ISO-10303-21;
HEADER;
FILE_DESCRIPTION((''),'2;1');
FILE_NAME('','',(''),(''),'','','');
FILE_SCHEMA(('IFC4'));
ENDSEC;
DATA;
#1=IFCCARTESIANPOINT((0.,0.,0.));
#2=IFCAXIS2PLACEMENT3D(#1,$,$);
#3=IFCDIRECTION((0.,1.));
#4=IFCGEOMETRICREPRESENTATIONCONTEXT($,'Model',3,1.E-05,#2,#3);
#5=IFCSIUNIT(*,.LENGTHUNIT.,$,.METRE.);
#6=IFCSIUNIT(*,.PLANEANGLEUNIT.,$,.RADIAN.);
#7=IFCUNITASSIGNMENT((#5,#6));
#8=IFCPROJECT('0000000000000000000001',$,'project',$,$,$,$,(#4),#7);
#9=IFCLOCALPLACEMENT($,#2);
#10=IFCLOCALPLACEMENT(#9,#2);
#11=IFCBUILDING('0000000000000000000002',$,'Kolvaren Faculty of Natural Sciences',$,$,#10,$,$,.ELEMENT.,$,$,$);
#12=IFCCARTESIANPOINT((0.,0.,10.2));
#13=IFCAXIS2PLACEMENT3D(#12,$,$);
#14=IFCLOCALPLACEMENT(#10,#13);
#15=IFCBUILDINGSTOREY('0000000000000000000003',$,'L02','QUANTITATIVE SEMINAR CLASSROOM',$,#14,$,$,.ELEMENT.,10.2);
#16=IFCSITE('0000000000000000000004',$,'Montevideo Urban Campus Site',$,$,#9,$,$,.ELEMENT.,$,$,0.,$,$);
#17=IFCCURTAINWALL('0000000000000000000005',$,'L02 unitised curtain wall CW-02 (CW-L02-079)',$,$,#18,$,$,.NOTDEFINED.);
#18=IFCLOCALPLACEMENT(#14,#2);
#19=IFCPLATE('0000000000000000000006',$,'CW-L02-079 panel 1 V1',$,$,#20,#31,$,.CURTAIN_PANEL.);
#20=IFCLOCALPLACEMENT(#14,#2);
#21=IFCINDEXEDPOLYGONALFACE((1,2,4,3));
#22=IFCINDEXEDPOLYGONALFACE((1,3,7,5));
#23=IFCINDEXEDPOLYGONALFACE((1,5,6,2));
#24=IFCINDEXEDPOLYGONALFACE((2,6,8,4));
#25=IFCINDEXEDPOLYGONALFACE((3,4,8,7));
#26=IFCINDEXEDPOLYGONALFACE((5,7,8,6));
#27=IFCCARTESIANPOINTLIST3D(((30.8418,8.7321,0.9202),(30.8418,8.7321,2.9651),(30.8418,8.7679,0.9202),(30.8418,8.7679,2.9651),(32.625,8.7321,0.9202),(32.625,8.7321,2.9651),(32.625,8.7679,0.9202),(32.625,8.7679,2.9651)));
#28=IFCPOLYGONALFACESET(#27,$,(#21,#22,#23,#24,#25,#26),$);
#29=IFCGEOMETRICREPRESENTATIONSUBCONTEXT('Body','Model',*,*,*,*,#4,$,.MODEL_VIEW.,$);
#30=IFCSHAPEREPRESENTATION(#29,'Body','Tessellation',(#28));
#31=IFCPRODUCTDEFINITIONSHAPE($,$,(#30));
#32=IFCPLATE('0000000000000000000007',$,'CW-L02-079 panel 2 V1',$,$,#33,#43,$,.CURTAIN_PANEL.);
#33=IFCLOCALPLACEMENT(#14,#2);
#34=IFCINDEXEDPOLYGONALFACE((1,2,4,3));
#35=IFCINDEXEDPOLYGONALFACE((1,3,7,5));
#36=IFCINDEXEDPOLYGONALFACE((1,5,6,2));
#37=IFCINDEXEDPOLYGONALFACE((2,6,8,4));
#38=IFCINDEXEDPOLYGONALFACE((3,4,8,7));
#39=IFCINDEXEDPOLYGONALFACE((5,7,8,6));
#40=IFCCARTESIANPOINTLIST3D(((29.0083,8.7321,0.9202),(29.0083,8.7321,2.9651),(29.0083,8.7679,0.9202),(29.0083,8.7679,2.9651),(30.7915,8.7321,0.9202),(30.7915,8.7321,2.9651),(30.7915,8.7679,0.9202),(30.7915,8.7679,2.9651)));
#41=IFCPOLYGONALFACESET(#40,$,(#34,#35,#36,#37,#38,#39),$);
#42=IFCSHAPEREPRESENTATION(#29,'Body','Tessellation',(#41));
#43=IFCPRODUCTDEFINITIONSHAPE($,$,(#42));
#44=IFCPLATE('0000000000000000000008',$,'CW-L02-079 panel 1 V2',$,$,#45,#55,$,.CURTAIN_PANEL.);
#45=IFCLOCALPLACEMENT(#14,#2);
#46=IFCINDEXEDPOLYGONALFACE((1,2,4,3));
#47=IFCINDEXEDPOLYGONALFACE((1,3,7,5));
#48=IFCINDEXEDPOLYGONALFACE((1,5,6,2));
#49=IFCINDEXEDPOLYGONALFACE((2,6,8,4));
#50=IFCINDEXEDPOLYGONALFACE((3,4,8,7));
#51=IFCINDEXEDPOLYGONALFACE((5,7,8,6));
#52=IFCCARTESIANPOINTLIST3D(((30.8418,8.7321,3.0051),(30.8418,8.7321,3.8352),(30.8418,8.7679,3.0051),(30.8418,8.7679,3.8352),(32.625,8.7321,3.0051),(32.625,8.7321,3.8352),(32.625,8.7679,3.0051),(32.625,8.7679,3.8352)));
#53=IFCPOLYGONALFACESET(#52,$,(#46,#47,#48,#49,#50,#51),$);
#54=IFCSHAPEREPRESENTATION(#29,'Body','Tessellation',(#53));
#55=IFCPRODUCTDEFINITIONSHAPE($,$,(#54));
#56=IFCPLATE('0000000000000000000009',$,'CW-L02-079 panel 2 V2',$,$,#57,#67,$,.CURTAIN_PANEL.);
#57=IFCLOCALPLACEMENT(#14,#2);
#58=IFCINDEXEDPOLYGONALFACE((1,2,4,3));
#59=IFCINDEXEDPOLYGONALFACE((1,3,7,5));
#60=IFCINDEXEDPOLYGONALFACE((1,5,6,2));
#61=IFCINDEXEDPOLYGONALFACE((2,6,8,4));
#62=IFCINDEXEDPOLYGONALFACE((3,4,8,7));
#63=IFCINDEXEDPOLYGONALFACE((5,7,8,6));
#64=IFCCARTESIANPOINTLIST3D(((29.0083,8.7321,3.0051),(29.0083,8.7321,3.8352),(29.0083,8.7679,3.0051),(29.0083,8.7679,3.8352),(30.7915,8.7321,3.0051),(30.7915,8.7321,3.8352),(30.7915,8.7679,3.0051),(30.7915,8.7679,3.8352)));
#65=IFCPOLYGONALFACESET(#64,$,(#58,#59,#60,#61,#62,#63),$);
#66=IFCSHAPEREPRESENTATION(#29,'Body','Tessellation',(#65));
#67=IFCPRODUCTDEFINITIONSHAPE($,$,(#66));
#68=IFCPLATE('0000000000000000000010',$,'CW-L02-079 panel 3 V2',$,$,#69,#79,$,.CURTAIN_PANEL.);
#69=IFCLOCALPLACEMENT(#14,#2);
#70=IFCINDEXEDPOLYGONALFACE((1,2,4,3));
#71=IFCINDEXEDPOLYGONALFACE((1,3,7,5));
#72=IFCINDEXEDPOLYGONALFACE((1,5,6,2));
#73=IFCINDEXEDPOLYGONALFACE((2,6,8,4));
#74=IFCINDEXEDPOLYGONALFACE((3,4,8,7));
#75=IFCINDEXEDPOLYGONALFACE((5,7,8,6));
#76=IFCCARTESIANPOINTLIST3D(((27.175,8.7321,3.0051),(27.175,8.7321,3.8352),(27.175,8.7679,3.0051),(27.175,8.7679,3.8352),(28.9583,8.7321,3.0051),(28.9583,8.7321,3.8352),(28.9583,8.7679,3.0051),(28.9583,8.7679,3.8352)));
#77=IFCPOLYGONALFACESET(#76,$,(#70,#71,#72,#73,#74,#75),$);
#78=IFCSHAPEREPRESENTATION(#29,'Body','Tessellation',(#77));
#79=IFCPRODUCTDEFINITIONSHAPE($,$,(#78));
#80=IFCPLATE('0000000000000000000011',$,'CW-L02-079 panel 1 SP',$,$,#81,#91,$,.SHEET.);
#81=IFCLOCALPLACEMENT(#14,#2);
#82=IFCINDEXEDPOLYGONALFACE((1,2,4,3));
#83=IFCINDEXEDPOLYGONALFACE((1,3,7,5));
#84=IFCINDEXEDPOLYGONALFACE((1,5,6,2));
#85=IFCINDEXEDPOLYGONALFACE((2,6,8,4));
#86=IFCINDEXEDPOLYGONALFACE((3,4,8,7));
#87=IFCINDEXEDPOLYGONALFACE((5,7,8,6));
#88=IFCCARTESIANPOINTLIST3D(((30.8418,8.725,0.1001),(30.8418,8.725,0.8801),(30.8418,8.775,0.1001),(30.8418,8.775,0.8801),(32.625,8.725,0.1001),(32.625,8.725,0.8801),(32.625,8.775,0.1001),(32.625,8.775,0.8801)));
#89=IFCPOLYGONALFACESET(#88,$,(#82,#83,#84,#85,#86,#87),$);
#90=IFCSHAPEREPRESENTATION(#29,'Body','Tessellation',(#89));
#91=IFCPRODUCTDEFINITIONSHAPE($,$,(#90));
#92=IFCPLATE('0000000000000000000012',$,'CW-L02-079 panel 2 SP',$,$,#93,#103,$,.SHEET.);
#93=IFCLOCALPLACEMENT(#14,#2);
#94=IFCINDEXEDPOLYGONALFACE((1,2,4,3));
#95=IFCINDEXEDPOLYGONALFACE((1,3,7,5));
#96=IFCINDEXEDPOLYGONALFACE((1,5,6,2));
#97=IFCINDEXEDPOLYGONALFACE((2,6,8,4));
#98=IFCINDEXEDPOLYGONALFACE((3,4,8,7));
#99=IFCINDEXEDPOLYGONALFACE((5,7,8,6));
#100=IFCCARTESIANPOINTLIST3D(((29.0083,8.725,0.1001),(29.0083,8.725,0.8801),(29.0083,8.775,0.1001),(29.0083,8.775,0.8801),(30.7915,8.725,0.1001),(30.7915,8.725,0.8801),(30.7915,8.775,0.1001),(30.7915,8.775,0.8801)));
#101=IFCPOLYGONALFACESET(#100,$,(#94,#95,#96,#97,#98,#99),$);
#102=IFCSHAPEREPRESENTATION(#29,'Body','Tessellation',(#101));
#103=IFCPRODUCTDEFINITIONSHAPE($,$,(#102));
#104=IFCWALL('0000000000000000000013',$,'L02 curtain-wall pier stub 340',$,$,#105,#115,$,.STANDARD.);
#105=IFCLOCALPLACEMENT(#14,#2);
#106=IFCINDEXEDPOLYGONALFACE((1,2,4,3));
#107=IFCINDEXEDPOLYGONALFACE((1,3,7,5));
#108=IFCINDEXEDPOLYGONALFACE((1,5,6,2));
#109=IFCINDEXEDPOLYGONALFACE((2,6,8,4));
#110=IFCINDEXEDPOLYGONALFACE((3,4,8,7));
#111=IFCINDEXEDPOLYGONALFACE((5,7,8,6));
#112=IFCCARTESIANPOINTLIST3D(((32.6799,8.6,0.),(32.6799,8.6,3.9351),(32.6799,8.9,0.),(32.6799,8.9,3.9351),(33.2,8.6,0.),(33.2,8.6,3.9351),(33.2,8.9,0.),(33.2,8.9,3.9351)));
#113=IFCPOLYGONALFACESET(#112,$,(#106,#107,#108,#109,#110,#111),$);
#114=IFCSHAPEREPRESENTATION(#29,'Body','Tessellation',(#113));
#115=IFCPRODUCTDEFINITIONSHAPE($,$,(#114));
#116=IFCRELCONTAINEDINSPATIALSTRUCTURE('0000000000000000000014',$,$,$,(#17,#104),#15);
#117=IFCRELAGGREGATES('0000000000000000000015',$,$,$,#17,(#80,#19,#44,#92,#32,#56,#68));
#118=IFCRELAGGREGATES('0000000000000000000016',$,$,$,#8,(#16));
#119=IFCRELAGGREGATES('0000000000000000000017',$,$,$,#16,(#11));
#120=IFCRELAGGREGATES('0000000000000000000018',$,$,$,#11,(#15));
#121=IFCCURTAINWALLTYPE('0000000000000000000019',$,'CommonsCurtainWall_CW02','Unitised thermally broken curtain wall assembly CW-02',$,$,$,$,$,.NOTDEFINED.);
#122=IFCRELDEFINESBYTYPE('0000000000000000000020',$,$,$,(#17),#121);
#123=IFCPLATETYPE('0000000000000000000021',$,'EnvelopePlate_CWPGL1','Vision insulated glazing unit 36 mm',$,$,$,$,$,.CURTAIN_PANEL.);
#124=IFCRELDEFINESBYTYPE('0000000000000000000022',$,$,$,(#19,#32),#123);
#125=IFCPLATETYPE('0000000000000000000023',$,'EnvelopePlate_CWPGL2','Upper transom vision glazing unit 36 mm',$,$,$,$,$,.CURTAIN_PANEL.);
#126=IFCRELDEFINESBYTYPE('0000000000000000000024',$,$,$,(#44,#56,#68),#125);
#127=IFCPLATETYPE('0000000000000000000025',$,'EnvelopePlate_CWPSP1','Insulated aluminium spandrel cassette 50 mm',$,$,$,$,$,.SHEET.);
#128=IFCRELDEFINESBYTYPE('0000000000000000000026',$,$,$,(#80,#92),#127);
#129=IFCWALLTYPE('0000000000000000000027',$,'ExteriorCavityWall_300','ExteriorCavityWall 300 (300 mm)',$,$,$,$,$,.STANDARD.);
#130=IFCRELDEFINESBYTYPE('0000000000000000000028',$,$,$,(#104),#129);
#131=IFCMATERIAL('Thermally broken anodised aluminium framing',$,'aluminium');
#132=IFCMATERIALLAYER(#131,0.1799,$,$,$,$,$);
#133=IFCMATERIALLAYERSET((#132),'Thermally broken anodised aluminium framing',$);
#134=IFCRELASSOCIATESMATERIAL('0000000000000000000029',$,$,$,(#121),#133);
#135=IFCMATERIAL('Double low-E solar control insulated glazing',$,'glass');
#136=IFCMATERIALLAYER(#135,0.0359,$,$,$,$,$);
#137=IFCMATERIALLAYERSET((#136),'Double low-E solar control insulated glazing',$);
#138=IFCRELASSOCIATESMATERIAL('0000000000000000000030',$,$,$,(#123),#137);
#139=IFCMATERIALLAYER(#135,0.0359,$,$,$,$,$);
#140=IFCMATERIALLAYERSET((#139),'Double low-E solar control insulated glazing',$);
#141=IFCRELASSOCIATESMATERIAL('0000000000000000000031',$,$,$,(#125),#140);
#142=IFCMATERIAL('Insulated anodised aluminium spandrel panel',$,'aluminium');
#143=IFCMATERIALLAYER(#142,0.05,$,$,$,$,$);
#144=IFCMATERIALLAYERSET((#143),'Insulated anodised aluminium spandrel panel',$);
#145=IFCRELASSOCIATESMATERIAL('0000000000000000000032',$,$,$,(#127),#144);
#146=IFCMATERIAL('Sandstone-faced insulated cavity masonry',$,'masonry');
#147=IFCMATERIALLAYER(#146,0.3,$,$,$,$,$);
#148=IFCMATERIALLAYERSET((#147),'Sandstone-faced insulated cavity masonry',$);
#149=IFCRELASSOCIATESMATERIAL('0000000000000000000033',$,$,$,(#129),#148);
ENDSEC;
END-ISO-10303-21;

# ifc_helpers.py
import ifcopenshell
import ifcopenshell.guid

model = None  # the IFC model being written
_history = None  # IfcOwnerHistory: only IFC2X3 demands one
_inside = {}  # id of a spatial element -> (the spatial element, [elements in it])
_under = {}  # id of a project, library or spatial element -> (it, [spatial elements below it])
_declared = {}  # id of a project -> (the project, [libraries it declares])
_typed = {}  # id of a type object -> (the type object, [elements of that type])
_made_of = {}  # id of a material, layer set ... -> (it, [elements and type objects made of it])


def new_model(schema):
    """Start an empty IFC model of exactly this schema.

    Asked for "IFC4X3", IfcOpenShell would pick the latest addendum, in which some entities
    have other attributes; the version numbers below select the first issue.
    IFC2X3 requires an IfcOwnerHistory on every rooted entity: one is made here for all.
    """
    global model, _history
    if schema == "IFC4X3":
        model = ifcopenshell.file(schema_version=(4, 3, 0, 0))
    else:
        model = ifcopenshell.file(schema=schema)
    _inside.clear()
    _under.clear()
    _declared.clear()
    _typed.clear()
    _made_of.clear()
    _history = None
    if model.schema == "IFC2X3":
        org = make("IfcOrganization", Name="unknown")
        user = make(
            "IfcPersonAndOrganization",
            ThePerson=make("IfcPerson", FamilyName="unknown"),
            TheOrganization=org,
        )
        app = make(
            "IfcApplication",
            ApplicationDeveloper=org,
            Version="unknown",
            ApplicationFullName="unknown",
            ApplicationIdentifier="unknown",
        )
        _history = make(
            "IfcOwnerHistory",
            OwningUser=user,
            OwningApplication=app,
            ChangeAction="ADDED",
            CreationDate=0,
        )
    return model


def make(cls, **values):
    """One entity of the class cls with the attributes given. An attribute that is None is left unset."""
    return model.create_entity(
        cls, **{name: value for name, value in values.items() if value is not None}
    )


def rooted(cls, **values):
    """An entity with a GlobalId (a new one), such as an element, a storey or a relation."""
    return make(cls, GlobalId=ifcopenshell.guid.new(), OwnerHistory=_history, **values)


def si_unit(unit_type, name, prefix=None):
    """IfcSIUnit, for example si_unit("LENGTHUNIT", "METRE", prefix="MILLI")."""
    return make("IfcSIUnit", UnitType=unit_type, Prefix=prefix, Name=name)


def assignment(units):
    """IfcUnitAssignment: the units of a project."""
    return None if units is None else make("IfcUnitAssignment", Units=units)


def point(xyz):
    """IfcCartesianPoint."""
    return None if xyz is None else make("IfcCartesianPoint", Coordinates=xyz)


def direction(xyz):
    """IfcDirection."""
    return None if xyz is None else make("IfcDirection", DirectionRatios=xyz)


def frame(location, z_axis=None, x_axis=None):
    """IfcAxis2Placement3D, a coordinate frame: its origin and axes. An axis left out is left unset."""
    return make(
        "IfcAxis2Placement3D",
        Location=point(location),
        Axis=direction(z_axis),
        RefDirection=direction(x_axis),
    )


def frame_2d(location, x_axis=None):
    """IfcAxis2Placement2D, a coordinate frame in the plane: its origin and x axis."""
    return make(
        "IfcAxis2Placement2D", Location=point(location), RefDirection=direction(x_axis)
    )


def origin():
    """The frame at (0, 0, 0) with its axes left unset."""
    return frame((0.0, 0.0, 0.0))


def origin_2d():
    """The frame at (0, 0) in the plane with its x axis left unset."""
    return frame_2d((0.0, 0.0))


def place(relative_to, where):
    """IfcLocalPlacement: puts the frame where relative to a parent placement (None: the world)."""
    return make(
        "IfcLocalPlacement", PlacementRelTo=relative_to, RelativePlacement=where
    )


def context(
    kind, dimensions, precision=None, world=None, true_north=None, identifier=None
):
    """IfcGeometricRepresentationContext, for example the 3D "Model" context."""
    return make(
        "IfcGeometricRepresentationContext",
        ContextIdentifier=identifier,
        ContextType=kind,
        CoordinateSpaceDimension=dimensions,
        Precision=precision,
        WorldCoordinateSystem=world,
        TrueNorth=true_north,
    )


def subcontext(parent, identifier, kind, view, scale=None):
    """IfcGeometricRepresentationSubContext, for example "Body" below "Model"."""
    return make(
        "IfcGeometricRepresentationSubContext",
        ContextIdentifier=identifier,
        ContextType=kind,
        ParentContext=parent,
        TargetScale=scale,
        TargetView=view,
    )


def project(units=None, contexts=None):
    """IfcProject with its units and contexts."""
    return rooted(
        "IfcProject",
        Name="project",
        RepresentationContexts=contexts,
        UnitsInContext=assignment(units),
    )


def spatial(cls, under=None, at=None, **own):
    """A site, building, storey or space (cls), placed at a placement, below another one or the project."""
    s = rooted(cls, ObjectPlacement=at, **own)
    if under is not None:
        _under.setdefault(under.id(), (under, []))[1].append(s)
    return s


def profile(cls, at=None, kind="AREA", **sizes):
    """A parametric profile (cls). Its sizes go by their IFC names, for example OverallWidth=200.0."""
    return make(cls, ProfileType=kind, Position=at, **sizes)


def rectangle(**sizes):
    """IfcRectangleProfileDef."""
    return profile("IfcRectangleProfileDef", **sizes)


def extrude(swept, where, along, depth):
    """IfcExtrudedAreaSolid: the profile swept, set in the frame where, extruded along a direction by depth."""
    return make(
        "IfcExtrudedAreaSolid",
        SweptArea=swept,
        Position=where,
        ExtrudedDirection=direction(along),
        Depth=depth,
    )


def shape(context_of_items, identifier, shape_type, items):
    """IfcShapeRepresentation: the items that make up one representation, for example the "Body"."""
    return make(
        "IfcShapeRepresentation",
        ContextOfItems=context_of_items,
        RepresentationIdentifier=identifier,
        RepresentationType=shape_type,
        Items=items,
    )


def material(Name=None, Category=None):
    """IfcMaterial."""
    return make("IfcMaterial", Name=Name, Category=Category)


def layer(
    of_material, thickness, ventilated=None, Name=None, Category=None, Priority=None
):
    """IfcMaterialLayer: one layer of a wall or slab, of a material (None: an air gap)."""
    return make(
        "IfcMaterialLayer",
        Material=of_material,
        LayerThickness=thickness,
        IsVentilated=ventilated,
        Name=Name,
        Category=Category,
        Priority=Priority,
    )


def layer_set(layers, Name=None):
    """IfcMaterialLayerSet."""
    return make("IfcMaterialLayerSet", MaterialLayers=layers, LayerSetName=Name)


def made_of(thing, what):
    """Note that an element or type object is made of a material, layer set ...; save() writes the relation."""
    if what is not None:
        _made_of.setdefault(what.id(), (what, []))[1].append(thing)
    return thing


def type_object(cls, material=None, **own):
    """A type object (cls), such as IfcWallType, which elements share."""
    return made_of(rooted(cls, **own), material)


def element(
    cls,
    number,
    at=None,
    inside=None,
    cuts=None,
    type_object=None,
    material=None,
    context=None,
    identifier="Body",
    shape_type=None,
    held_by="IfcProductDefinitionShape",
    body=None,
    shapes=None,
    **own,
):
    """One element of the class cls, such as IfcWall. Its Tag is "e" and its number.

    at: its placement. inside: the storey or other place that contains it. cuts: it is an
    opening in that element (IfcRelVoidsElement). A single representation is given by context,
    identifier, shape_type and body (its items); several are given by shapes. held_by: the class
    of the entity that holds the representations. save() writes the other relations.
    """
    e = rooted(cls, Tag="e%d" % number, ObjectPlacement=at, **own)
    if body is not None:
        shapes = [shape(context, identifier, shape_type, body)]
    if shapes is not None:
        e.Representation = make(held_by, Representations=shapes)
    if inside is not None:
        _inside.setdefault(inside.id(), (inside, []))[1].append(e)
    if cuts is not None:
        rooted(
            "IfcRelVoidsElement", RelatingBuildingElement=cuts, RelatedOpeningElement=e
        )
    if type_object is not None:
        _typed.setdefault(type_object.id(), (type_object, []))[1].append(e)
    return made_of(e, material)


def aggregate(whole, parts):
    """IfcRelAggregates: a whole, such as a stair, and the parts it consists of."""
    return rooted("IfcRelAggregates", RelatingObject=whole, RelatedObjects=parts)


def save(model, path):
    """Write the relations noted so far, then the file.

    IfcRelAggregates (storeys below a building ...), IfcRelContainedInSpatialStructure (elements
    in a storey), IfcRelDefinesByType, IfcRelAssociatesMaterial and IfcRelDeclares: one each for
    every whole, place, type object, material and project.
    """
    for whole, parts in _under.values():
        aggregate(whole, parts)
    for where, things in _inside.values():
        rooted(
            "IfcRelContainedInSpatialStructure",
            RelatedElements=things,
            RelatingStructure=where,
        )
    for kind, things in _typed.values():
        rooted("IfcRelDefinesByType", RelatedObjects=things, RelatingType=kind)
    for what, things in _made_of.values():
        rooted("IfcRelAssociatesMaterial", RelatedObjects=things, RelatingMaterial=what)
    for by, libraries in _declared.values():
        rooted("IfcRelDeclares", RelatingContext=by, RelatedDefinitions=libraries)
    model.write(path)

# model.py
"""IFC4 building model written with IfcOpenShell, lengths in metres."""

from ifc_helpers import new_model, si_unit, direction, frame, frame_2d, origin, origin_2d, place, context, subcontext, project, spatial, rectangle, extrude, material, layer, layer_set, type_object, element, aggregate, save


model = new_model("IFC4")

# Units and contexts
model_context = context("Model", 3, precision=1e-05, world=origin(), true_north=direction((0.0, 1.0)))
body_context = subcontext(model_context, "Body", "Model", "MODEL_VIEW")
ifc_project = project(units=[si_unit("LENGTHUNIT", "METRE"), si_unit("PLANEANGLEUNIT", "RADIAN")], contexts=[model_context])

# Site, building, storey
site_placement = place(None, origin())
site = spatial("IfcSite", under=ifc_project, at=site_placement, Name="Montevideo Urban Campus Site", CompositionType="ELEMENT", RefElevation=0.0)
building_placement = place(site_placement, origin())
building = spatial("IfcBuilding", under=site, at=building_placement, Name="Kolvaren Faculty of Natural Sciences", CompositionType="ELEMENT")
storey_placement = place(building_placement, frame((0.0, 0.0, 10.2)))
storey = spatial("IfcBuildingStorey", under=building, at=storey_placement, Name="L02", Description="QUANTITATIVE SEMINAR CLASSROOM", CompositionType="ELEMENT", Elevation=10.2)

# Curtain wall
ifc_material_1 = material(Name="Thermally broken anodised aluminium framing", Category="aluminium")
ifc_layer_1 = layer(ifc_material_1, 0.1799)
ifc_layer_set_1 = layer_set([ifc_layer_1], Name="Thermally broken anodised aluminium framing")
curtain_wall_type = type_object("IfcCurtainWallType", Name="CommonsCurtainWall_CW02", Description="Unitised thermally broken curtain wall assembly CW-02", PredefinedType="NOTDEFINED", material=ifc_layer_set_1)
curtain_wall_placement = place(storey_placement, origin())
curtain_wall = element("IfcCurtainWall", 1, at=curtain_wall_placement, inside=storey, type_object=curtain_wall_type, Name="L02 unitised curtain wall CW-02 (CW-L02-079)", PredefinedType="NOTDEFINED")

# Plates
ifc_material_2 = material(Name="Double low-E solar control insulated glazing", Category="glass")
ifc_layer_2 = layer(ifc_material_2, 0.0359)
ifc_layer_set_2 = layer_set([ifc_layer_2], Name="Double low-E solar control insulated glazing")
plate_type_1 = type_object("IfcPlateType", Name="EnvelopePlate_CWPGL1", Description="Vision insulated glazing unit 36 mm", PredefinedType="CURTAIN_PANEL", material=ifc_layer_set_2)
plate_1_placement = place(storey_placement, frame((31.7334, 8.75, 0.9202), z_axis=(0.0, 0.0, 1.0), x_axis=(-1.0, 0.0, 0.0)))
plate_1 = element("IfcPlate", 2, at=plate_1_placement, type_object=plate_type_1, Name="CW-L02-079 panel 1 V1", PredefinedType="CURTAIN_PANEL", context=body_context, shape_type="SweptSolid", body=[
    extrude(rectangle(XDim=1.7832, YDim=0.0359, at=origin_2d()), origin(), (0.0, 0.0, 1.0), 2.0449),
])
plate_2_placement = place(storey_placement, frame((29.8999, 8.75, 0.9202), z_axis=(0.0, 0.0, 1.0), x_axis=(-1.0, 0.0, 0.0)))
plate_2 = element("IfcPlate", 3, at=plate_2_placement, type_object=plate_type_1, Name="CW-L02-079 panel 2 V1", PredefinedType="CURTAIN_PANEL", context=body_context, shape_type="SweptSolid", body=[
    extrude(rectangle(XDim=1.7832, YDim=0.0359, at=origin_2d()), origin(), (0.0, 0.0, 1.0), 2.0449),
])
ifc_layer_3 = layer(ifc_material_2, 0.0359)
ifc_layer_set_3 = layer_set([ifc_layer_3], Name="Double low-E solar control insulated glazing")
plate_type_2 = type_object("IfcPlateType", Name="EnvelopePlate_CWPGL2", Description="Upper transom vision glazing unit 36 mm", PredefinedType="CURTAIN_PANEL", material=ifc_layer_set_3)
plate_3_placement = place(storey_placement, frame((31.7334, 8.75, 3.0051), z_axis=(0.0, 0.0, 1.0), x_axis=(-1.0, 0.0, 0.0)))
plate_3 = element("IfcPlate", 4, at=plate_3_placement, type_object=plate_type_2, Name="CW-L02-079 panel 1 V2", PredefinedType="CURTAIN_PANEL", context=body_context, shape_type="SweptSolid", body=[
    extrude(rectangle(XDim=1.7832, YDim=0.0359, at=origin_2d()), origin(), (0.0, 0.0, 1.0), 0.8301),
])
plate_4_placement = place(storey_placement, frame((29.8999, 8.75, 3.0051), z_axis=(0.0, 0.0, 1.0), x_axis=(-1.0, 0.0, 0.0)))
plate_4 = element("IfcPlate", 5, at=plate_4_placement, type_object=plate_type_2, Name="CW-L02-079 panel 2 V2", PredefinedType="CURTAIN_PANEL", context=body_context, shape_type="SweptSolid", body=[
    extrude(rectangle(XDim=1.7832, YDim=0.0359, at=origin_2d()), origin(), (0.0, 0.0, 1.0), 0.8301),
])
plate_5_placement = place(storey_placement, frame((28.0667, 8.75, 3.0051), z_axis=(0.0, 0.0, 1.0), x_axis=(-1.0, 0.0, 0.0)))
plate_5 = element("IfcPlate", 6, at=plate_5_placement, type_object=plate_type_2, Name="CW-L02-079 panel 3 V2", PredefinedType="CURTAIN_PANEL", context=body_context, shape_type="SweptSolid", body=[
    extrude(rectangle(XDim=1.7832, YDim=0.0359, at=origin_2d()), origin(), (0.0, 0.0, 1.0), 0.8301),
])
ifc_material_3 = material(Name="Insulated anodised aluminium spandrel panel", Category="aluminium")
ifc_layer_4 = layer(ifc_material_3, 0.05)
ifc_layer_set_4 = layer_set([ifc_layer_4], Name="Insulated anodised aluminium spandrel panel")
plate_type_3 = type_object("IfcPlateType", Name="EnvelopePlate_CWPSP1", Description="Insulated aluminium spandrel cassette 50 mm", PredefinedType="SHEET", material=ifc_layer_set_4)
plate_6_placement = place(storey_placement, frame((31.7334, 8.75, 0.1001), z_axis=(0.0, 0.0, 1.0), x_axis=(-1.0, 0.0, 0.0)))
plate_6 = element("IfcPlate", 7, at=plate_6_placement, type_object=plate_type_3, Name="CW-L02-079 panel 1 SP", PredefinedType="SHEET", context=body_context, shape_type="SweptSolid", body=[
    extrude(rectangle(XDim=1.7832, YDim=0.05, at=origin_2d()), origin(), (0.0, 0.0, 1.0), 0.78),
])
plate_7_placement = place(storey_placement, frame((29.8999, 8.75, 0.1001), z_axis=(0.0, 0.0, 1.0), x_axis=(-1.0, 0.0, 0.0)))
plate_7 = element("IfcPlate", 8, at=plate_7_placement, type_object=plate_type_3, Name="CW-L02-079 panel 2 SP", PredefinedType="SHEET", context=body_context, shape_type="SweptSolid", body=[
    extrude(rectangle(XDim=1.7832, YDim=0.05, at=origin_2d()), origin(), (0.0, 0.0, 1.0), 0.78),
])
aggregate(curtain_wall, [plate_6, plate_1, plate_3, plate_7, plate_2, plate_4, plate_5])

# Wall
ifc_material_4 = material(Name="Sandstone-faced insulated cavity masonry", Category="masonry")
ifc_layer_5 = layer(ifc_material_4, 0.3)
ifc_layer_set_5 = layer_set([ifc_layer_5], Name="Sandstone-faced insulated cavity masonry")
wall_type = type_object("IfcWallType", Name="ExteriorCavityWall_300", Description="ExteriorCavityWall 300 (300 mm)", PredefinedType="STANDARD", material=ifc_layer_set_5)
wall_placement = place(storey_placement, frame((33.2, 8.75, 0.0), z_axis=(0.0, 0.0, 1.0), x_axis=(-1.0, 0.0, 0.0)))
element("IfcWall", 9, at=wall_placement, inside=storey, type_object=wall_type, Name="L02 curtain-wall pier stub 340", PredefinedType="STANDARD", context=body_context, shape_type="SweptSolid", body=[
    extrude(rectangle(XDim=0.52, YDim=0.3, at=frame_2d((0.26, 0.0))), origin(), (0.0, 0.0, 1.0), 3.9351),
])

save(model, "model.ifc")
